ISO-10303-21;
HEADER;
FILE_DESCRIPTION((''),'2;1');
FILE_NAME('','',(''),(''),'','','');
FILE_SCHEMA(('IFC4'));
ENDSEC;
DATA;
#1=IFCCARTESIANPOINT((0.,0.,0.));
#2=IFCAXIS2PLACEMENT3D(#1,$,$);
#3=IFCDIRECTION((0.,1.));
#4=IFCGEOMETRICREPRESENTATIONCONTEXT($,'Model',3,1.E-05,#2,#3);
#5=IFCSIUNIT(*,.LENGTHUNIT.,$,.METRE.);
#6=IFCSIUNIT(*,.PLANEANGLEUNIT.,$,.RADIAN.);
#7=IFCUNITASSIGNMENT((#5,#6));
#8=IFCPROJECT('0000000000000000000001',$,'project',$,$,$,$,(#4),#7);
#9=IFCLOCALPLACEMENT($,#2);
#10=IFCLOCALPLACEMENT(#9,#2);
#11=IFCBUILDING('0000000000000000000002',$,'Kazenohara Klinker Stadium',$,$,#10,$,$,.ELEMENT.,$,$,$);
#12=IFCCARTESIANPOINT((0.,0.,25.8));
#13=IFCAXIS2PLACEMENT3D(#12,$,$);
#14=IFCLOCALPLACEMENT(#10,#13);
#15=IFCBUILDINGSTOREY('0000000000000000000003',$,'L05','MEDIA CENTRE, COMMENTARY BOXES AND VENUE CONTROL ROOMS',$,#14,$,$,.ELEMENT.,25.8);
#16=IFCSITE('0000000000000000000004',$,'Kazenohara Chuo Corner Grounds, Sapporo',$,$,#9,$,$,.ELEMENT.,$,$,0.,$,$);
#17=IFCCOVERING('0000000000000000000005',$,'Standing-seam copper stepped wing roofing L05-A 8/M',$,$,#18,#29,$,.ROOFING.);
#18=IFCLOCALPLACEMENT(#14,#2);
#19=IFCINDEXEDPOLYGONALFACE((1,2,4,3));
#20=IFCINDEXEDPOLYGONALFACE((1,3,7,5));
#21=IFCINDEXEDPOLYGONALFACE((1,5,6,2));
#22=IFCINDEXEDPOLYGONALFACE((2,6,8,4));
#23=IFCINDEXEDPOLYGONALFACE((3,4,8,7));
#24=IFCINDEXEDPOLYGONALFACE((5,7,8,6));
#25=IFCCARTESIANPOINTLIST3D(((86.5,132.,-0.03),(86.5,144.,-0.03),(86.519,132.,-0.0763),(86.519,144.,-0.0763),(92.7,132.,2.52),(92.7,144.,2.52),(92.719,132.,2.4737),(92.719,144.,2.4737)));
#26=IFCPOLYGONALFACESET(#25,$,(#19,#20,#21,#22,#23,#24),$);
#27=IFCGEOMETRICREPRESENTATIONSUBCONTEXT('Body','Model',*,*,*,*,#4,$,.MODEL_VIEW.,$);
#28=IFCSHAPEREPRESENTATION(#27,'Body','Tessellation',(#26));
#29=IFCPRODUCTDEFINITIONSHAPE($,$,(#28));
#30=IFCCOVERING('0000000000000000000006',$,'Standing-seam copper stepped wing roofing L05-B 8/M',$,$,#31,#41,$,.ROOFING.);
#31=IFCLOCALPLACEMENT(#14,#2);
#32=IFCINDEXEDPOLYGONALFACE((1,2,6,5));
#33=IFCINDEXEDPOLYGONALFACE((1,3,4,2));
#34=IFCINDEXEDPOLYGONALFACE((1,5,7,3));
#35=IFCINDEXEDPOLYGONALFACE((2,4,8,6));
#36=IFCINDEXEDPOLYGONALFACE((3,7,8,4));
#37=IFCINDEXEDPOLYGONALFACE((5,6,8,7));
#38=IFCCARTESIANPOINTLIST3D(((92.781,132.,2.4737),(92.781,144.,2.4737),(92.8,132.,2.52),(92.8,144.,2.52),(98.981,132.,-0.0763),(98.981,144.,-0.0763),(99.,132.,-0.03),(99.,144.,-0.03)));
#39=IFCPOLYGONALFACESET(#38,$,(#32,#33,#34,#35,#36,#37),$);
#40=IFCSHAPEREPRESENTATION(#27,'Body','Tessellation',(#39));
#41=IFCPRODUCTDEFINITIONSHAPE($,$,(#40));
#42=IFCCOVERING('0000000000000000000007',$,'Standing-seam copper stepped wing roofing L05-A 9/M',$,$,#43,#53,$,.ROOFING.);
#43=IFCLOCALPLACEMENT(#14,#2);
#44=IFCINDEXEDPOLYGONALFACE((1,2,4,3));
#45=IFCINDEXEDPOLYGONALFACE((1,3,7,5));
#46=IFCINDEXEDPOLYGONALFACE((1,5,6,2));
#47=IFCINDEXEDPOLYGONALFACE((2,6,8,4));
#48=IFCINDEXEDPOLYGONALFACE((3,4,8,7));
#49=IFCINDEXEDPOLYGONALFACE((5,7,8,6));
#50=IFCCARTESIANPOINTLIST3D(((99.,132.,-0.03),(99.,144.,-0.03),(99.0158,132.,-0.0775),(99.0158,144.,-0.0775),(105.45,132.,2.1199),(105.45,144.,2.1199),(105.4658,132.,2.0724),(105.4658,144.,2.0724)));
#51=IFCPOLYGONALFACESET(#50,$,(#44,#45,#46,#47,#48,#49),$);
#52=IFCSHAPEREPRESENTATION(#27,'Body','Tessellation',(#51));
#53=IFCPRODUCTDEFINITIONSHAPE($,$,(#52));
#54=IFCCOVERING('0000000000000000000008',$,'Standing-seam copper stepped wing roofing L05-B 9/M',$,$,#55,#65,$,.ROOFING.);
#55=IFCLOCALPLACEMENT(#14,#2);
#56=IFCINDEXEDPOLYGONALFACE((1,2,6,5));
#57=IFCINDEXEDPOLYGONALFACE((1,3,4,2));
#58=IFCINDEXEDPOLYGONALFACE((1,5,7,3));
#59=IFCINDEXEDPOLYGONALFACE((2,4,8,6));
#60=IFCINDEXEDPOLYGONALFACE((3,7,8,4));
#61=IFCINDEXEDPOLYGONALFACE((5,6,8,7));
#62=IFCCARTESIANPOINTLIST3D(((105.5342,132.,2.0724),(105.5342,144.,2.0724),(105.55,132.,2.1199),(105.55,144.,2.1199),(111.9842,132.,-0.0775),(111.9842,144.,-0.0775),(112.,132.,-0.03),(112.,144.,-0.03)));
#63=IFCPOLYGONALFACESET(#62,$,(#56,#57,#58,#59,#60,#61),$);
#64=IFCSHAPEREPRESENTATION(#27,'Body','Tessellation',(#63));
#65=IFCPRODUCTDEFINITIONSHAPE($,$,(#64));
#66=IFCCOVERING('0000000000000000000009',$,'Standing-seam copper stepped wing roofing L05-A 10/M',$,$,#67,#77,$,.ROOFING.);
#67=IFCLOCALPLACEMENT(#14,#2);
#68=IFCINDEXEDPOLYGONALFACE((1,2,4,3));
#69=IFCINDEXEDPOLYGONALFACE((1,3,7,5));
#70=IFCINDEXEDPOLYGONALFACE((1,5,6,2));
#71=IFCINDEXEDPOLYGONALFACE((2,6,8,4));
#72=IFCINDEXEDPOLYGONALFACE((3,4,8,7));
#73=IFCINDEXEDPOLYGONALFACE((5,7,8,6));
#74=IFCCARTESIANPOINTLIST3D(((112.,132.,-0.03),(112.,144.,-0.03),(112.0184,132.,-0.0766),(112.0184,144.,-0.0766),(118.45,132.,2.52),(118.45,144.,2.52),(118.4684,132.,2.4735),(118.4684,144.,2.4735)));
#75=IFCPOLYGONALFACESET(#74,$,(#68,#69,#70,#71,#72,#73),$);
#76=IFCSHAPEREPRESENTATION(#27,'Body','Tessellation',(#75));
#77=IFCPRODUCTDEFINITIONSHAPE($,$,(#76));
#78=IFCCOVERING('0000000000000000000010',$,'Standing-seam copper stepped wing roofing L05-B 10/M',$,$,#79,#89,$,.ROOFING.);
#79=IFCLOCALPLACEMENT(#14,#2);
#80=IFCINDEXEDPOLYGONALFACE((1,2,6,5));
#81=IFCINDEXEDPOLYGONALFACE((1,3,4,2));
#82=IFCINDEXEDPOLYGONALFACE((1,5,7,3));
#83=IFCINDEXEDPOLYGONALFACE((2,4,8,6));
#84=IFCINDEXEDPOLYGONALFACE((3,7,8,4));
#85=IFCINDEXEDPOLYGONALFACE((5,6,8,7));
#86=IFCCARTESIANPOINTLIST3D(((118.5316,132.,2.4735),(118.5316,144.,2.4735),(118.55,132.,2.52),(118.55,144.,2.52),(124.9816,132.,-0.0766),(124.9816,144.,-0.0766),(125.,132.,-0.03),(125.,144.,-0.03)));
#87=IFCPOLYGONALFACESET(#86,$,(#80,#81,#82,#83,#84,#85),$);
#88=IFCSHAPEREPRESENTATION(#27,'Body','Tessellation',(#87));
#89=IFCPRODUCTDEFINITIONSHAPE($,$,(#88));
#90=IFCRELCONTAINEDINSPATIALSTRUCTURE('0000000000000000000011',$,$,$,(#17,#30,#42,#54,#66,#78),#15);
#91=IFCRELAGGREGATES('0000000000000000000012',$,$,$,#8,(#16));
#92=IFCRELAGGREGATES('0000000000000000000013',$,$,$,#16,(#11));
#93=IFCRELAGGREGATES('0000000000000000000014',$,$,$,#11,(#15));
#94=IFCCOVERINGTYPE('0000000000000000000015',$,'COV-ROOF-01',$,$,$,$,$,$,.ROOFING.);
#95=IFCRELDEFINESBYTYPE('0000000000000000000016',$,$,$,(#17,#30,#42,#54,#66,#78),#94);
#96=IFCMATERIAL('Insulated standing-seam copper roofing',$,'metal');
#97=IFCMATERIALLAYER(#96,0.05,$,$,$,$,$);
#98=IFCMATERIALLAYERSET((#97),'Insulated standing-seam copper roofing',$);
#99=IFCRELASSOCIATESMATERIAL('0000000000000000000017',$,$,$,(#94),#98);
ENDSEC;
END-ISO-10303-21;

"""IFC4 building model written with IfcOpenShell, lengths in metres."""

from ifc_helpers import new_model, si_unit, direction, frame, origin, place, context, subcontext, project, spatial, polyline, outline, extrude, material, layer, layer_set, type_object, element, save


model = new_model("IFC4")

# Units and contexts
model_context = context("Model", 3, precision=1e-05, world=origin(), true_north=direction((0.0, 1.0)))
body_context = subcontext(model_context, "Body", "Model", "MODEL_VIEW")
ifc_project = project(units=[si_unit("LENGTHUNIT", "METRE"), si_unit("PLANEANGLEUNIT", "RADIAN")], contexts=[model_context])

# Site, building, storey
site_placement = place(None, origin())
site = spatial("IfcSite", under=ifc_project, at=site_placement, Name="Kazenohara Chuo Corner Grounds, Sapporo", CompositionType="ELEMENT", RefElevation=0.0)
building_placement = place(site_placement, origin())
building = spatial("IfcBuilding", under=site, at=building_placement, Name="Kazenohara Klinker Stadium", CompositionType="ELEMENT")
storey_placement = place(building_placement, frame((0.0, 0.0, 25.8)))
storey = spatial("IfcBuildingStorey", under=building, at=storey_placement, Name="L05", Description="MEDIA CENTRE, COMMENTARY BOXES AND VENUE CONTROL ROOMS", CompositionType="ELEMENT", Elevation=25.8)

# Coverings
ifc_material_1 = material(Name="Insulated standing-seam copper roofing", Category="metal")
ifc_layer_1 = layer(ifc_material_1, 0.05)
ifc_layer_set_1 = layer_set([ifc_layer_1], Name="Insulated standing-seam copper roofing")
covering_type = type_object("IfcCoveringType", Name="COV-ROOF-01", PredefinedType="ROOFING", material=ifc_layer_set_1)
for number, where, z_axis, x_axis, name in (
    (1, (86.5, 132.0, -0.03), (-0.380383, 0.0, 0.924829), (0.924829, 0.0, 0.380383), "Standing-seam copper stepped wing roofing L05-A 8/M"),
    (2, (92.8, 132.0, 2.52), (0.380383, 0.0, 0.924829), (0.924829, 0.0, -0.380383), "Standing-seam copper stepped wing roofing L05-B 8/M"),
):
    element("IfcCovering", number, at=place(storey_placement, frame(where, z_axis=z_axis, x_axis=x_axis)), inside=storey, type_object=covering_type, Name=name, PredefinedType="ROOFING", context=body_context, shape_type="SweptSolid", body=[
        extrude(outline(polyline([(0.0, 0.0), (6.7039, 0.0), (6.7039, 12.0), (0.0, 12.0), (0.0, 0.0)])), origin(), (0.0, 0.0, -1.0), 0.05),
    ])
for number, where, z_axis, x_axis, name in (
    (3, (99.0, 132.0, -0.03), (-0.316217, 0.0, 0.948687), (0.948687, 0.0, 0.316217), "Standing-seam copper stepped wing roofing L05-A 9/M"),
    (4, (105.55, 132.0, 2.1199), (0.316217, 0.0, 0.948687), (0.948687, 0.0, -0.316217), "Standing-seam copper stepped wing roofing L05-B 9/M"),
):
    element("IfcCovering", number, at=place(storey_placement, frame(where, z_axis=z_axis, x_axis=x_axis)), inside=storey, type_object=covering_type, Name=name, PredefinedType="ROOFING", context=body_context, shape_type="SweptSolid", body=[
        extrude(outline(polyline([(0.0, 0.0), (6.7988, 0.0), (6.7988, 12.0), (0.0, 12.0), (0.0, 0.0)])), origin(), (0.0, 0.0, -1.0), 0.05),
    ])
for number, where, z_axis, x_axis, name in (
    (5, (112.0, 132.0, -0.03), (-0.367667, 0.0, 0.929957), (0.929957, 0.0, 0.367667), "Standing-seam copper stepped wing roofing L05-A 10/M"),
    (6, (118.55, 132.0, 2.52), (0.367667, 0.0, 0.929957), (0.929957, 0.0, -0.367667), "Standing-seam copper stepped wing roofing L05-B 10/M"),
):
    element("IfcCovering", number, at=place(storey_placement, frame(where, z_axis=z_axis, x_axis=x_axis)), inside=storey, type_object=covering_type, Name=name, PredefinedType="ROOFING", context=body_context, shape_type="SweptSolid", body=[
        extrude(outline(polyline([(0.0, 0.0), (6.9357, 0.0), (6.9357, 12.0), (0.0, 12.0), (0.0, 0.0)])), origin(), (0.0, 0.0, -1.0), 0.05),
    ])

save(model, "model.ifc")
